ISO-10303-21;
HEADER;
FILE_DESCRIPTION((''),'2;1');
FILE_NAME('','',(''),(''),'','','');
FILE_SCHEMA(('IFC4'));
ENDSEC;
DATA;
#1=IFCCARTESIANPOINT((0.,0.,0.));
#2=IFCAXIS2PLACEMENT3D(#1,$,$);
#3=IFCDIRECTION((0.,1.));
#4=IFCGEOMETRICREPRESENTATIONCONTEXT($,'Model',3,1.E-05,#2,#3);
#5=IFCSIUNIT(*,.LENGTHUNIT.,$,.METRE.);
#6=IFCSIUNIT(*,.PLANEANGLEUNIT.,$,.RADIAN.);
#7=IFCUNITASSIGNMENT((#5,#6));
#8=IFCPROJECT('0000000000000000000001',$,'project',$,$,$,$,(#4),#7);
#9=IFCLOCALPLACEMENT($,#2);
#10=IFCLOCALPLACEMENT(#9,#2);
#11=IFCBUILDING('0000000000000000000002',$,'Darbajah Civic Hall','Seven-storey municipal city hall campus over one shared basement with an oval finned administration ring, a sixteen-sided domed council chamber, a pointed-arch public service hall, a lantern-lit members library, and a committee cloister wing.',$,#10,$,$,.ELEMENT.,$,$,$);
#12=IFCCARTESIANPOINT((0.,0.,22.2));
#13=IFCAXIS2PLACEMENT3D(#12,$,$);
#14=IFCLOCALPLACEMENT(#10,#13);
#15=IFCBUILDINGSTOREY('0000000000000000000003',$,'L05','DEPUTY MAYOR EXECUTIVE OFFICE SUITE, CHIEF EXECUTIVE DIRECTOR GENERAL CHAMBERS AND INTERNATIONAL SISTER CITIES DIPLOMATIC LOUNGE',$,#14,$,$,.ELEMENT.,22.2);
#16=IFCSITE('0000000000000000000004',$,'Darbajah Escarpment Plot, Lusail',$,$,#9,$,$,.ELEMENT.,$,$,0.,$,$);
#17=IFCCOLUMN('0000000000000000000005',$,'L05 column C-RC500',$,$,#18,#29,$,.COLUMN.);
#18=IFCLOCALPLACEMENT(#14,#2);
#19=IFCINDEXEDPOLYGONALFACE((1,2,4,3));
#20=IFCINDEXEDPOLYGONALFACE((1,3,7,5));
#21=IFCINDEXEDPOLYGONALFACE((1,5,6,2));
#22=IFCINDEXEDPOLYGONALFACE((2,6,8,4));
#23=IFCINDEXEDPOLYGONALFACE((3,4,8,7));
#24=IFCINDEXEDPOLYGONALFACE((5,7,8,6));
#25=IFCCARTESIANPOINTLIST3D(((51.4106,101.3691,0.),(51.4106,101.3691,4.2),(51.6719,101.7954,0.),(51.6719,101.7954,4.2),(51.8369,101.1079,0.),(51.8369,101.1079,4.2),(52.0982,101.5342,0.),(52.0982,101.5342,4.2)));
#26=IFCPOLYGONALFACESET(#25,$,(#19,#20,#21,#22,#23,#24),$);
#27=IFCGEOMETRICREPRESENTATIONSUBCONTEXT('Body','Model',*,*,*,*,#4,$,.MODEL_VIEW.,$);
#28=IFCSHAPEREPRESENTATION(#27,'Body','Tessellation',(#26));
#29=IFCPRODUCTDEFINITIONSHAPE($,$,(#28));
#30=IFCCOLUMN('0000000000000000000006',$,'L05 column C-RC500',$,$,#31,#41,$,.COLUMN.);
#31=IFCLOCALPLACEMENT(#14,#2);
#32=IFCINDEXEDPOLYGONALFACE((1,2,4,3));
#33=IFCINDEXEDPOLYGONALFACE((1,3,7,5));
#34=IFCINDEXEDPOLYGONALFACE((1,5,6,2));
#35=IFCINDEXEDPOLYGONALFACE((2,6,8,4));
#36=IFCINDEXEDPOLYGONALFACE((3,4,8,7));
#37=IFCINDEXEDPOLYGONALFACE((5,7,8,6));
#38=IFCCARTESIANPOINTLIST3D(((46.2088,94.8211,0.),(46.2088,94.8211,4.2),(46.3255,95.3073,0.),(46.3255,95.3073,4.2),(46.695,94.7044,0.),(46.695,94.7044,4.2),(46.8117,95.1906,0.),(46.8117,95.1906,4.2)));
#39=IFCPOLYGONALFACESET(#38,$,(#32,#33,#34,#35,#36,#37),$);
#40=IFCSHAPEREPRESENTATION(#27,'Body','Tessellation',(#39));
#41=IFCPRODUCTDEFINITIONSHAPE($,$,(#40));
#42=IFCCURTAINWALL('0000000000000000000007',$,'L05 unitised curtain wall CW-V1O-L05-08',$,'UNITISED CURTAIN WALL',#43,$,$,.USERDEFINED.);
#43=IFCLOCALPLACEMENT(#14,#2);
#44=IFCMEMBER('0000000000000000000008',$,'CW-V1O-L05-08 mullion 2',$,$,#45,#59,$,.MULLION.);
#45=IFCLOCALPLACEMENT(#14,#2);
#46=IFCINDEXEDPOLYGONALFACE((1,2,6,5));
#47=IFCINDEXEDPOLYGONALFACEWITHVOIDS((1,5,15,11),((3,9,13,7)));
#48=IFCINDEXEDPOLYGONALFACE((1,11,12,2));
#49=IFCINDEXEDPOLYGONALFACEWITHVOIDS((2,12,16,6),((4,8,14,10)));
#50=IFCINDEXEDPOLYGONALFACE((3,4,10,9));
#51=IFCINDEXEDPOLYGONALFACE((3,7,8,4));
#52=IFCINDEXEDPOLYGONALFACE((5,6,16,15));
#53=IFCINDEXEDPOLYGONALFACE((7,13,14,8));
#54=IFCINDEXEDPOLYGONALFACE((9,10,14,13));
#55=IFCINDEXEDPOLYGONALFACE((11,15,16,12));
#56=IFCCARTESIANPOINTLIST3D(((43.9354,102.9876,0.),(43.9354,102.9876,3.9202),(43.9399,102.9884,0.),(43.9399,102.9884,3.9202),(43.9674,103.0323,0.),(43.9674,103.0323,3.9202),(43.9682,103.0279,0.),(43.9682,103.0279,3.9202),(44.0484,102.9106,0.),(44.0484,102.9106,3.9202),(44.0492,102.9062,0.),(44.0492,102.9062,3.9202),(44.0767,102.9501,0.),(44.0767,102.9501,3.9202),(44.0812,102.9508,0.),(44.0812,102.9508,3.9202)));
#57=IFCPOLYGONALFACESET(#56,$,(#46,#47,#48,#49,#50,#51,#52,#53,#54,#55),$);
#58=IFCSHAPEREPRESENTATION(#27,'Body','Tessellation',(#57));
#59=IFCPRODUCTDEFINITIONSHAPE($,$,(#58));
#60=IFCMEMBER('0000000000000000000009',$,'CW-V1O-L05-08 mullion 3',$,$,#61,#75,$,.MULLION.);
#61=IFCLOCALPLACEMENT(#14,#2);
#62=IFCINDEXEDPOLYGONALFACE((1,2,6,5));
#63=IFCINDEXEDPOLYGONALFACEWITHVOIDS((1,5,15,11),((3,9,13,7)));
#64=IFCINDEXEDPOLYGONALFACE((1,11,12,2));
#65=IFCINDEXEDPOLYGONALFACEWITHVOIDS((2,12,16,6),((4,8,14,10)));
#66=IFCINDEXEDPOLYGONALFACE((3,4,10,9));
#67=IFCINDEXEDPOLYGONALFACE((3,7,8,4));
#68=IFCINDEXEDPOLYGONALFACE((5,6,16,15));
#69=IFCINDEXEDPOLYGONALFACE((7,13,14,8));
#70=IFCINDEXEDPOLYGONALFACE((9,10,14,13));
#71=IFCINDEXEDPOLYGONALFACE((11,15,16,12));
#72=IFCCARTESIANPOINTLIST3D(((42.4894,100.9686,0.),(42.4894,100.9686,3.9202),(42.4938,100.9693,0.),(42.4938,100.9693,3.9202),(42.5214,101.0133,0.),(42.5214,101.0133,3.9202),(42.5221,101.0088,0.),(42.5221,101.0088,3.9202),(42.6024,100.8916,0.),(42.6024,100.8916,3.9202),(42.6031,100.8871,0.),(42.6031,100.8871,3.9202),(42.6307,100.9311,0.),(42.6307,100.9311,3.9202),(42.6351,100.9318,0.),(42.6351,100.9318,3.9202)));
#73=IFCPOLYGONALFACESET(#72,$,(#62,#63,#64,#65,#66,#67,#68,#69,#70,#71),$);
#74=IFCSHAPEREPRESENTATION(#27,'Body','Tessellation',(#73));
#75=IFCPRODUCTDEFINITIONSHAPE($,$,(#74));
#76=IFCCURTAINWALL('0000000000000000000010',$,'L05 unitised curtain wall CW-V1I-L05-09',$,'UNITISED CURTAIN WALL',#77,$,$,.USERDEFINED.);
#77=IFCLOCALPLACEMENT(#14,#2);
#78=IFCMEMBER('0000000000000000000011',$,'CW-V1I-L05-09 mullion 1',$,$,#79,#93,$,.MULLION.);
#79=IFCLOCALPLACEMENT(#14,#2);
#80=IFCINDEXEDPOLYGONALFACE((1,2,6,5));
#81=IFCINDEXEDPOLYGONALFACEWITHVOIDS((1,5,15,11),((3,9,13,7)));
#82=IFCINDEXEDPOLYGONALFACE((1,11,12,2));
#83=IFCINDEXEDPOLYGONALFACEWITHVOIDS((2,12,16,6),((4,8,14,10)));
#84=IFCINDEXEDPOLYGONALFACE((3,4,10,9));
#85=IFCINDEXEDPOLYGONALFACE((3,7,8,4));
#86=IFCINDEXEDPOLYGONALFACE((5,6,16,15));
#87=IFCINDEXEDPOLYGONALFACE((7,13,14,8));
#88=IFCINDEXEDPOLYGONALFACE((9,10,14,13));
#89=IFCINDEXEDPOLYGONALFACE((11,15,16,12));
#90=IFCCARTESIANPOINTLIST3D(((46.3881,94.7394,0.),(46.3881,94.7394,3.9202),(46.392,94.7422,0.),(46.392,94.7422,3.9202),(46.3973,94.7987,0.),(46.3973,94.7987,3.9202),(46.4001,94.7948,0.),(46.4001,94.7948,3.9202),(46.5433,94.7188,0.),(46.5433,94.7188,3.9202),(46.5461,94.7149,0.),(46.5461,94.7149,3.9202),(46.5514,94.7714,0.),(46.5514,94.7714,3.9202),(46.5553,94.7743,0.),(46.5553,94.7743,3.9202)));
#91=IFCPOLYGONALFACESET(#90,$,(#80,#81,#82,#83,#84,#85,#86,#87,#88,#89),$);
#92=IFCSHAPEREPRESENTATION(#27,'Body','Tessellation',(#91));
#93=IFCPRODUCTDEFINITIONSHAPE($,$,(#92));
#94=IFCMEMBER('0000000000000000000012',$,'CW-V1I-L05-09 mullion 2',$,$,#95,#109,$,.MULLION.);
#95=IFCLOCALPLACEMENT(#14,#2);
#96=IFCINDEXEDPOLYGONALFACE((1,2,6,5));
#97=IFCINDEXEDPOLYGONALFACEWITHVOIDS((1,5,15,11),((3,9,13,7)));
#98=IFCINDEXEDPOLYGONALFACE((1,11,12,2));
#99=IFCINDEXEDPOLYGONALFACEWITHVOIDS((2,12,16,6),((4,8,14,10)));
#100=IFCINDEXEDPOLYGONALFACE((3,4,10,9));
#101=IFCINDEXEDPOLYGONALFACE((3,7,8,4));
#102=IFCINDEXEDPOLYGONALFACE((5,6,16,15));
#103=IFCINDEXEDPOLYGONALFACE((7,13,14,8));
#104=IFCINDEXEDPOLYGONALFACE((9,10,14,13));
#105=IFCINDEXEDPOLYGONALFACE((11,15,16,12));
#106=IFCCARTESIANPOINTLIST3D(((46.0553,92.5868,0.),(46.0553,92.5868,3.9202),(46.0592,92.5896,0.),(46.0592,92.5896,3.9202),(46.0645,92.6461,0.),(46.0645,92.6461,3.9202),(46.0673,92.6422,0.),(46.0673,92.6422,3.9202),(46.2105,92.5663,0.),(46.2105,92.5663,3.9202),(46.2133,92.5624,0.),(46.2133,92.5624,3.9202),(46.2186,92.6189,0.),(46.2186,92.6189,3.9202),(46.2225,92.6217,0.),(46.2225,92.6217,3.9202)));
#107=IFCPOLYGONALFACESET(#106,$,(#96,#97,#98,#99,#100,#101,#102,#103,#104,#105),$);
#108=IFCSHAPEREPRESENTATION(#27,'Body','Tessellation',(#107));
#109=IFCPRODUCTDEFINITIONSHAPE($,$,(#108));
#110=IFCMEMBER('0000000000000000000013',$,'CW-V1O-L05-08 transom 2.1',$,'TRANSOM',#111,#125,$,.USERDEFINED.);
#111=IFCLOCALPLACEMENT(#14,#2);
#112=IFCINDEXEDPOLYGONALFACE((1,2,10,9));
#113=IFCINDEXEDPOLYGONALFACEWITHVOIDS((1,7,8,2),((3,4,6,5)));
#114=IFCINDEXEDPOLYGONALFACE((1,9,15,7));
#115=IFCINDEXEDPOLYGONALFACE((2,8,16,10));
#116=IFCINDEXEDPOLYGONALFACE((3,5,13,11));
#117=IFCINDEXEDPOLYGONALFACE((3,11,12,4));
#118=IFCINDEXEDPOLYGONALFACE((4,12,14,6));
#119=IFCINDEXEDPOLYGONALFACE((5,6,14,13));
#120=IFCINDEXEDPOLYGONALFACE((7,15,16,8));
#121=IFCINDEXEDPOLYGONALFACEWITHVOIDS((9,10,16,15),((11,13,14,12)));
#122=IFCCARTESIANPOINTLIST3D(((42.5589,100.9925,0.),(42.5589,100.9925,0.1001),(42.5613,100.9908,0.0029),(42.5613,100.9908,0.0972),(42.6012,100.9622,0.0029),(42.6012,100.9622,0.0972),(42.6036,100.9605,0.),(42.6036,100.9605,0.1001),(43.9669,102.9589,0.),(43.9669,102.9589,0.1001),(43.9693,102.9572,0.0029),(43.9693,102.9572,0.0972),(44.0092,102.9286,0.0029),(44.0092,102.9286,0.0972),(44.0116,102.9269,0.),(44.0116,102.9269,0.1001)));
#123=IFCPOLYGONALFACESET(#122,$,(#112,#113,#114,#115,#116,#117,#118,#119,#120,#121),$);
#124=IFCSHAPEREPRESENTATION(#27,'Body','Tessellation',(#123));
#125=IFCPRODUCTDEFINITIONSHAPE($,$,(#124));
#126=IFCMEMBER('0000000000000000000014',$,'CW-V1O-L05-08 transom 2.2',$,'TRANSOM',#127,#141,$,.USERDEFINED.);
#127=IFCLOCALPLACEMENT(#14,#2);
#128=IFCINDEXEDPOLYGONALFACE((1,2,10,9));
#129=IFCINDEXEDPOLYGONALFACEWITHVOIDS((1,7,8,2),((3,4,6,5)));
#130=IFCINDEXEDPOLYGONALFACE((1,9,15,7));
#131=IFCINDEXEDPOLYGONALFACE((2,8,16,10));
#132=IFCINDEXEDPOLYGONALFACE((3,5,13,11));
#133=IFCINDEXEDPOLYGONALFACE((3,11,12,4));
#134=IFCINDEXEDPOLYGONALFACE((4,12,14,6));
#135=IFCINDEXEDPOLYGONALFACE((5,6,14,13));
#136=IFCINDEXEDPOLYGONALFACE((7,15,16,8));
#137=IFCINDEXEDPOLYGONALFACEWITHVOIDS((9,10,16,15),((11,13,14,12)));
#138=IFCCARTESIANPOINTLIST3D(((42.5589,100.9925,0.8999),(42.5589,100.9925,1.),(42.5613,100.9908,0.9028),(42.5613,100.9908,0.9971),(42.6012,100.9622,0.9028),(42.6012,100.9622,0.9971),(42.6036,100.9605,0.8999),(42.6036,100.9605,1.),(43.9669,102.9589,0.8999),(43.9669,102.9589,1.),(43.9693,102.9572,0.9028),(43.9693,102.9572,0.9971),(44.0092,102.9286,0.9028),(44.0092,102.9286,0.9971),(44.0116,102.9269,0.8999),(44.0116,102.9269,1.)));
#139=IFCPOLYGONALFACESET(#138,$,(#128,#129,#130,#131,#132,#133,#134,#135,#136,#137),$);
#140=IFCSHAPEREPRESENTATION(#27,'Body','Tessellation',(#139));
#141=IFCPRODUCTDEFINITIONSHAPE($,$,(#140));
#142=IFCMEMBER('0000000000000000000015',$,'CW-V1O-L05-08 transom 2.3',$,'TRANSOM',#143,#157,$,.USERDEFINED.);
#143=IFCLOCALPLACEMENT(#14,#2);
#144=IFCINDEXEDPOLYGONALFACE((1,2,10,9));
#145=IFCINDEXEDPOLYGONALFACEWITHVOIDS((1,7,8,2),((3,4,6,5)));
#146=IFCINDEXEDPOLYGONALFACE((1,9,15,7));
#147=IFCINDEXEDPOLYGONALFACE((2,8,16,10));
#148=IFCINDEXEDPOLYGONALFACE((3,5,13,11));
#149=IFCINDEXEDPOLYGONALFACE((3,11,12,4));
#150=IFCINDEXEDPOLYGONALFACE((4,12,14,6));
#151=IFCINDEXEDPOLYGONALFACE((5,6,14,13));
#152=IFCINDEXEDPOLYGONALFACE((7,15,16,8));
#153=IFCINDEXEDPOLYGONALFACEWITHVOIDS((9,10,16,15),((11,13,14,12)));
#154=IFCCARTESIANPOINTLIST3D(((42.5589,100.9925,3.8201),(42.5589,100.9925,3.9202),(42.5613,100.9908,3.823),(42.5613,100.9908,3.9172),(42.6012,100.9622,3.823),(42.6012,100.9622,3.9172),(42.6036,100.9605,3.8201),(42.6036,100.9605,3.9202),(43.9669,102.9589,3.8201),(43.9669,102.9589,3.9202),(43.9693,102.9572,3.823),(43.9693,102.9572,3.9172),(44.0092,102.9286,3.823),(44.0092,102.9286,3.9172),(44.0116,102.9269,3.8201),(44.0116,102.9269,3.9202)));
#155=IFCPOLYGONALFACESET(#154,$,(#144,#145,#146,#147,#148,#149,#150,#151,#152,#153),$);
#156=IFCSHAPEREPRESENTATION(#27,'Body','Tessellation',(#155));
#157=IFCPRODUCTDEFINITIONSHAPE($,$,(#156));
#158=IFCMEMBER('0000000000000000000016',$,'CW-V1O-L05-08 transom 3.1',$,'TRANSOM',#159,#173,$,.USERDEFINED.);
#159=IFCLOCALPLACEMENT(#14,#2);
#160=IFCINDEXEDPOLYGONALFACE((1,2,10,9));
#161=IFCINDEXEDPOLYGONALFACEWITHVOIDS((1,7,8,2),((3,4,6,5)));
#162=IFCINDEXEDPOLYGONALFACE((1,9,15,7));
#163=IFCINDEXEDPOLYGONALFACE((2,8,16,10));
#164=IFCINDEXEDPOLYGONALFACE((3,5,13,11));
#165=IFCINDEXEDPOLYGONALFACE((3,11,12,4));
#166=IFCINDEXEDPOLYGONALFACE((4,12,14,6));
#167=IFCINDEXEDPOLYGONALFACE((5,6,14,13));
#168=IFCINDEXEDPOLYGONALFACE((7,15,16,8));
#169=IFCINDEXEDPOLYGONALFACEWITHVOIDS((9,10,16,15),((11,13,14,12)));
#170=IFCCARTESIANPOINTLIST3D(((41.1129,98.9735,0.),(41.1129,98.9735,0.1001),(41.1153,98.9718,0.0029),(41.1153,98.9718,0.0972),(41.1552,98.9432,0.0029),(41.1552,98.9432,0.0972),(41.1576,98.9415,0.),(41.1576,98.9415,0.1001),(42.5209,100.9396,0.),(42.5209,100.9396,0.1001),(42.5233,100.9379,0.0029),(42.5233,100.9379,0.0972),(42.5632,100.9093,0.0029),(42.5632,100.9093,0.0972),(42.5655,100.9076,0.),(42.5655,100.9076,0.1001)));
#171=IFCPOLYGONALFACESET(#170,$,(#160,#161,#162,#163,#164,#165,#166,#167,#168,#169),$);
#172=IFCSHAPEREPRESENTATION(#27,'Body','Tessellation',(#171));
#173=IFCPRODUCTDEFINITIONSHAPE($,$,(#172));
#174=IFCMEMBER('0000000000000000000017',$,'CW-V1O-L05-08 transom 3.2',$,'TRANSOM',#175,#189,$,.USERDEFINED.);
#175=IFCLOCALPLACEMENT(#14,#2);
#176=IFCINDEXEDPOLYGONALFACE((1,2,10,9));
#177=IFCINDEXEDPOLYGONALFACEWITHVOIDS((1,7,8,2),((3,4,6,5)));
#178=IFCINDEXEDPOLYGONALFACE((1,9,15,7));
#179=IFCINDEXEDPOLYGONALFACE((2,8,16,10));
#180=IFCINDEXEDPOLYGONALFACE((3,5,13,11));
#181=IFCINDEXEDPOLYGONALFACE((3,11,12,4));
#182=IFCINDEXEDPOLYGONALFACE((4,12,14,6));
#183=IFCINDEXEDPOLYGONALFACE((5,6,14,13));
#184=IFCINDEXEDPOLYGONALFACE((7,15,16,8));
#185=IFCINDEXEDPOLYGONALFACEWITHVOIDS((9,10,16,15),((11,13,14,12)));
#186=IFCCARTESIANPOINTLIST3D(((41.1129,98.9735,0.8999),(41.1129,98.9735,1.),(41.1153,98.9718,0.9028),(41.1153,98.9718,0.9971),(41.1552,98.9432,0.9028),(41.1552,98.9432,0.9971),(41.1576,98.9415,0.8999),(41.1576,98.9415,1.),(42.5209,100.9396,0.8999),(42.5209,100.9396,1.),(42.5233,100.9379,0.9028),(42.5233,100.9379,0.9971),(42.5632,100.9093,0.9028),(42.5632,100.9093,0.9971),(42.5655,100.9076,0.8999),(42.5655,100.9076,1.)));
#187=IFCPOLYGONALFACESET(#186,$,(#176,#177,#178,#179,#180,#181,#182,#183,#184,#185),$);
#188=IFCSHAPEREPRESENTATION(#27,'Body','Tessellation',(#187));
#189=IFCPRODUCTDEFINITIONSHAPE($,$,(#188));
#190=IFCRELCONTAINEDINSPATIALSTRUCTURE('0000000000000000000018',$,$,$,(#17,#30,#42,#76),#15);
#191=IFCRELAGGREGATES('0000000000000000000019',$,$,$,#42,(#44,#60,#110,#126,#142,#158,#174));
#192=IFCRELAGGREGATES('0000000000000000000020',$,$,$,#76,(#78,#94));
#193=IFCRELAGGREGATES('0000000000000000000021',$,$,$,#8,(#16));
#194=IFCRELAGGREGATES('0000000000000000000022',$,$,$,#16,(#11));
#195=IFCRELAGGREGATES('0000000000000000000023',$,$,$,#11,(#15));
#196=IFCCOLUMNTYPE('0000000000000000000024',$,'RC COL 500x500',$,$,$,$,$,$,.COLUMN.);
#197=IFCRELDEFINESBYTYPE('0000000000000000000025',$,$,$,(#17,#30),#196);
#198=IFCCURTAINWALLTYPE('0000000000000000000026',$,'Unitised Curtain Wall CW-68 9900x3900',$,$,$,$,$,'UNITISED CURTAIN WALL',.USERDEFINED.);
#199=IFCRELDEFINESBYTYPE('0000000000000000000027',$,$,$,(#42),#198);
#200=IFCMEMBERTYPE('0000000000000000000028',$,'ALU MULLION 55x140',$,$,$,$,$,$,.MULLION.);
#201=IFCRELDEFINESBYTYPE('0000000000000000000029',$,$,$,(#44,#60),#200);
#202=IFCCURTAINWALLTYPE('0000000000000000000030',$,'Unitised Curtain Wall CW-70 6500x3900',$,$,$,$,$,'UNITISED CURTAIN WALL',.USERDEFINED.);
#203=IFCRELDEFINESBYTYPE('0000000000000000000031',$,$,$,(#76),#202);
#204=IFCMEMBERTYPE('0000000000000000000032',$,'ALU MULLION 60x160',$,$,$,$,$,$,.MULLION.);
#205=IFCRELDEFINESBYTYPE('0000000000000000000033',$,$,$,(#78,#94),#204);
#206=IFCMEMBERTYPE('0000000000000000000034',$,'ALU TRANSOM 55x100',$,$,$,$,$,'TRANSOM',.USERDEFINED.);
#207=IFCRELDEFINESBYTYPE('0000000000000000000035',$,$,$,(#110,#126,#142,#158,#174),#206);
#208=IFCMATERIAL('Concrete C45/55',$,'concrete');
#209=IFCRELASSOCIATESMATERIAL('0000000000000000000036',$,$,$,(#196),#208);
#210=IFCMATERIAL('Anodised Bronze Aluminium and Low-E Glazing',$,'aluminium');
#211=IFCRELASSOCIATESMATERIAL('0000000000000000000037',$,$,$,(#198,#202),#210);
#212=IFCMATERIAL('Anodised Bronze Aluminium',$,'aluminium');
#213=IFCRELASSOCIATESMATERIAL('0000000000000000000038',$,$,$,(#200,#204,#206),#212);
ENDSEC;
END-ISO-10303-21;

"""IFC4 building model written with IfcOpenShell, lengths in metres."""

from ifc_helpers import new_model, si_unit, direction, frame, origin, origin_2d, place, context, subcontext, project, spatial, rectangle, hollow_rectangle, extrude, material, material_profile, profile_set, type_object, element, aggregate, save


model = new_model("IFC4")

# Units and contexts
model_context = context("Model", 3, precision=1e-05, world=origin(), true_north=direction((0.0, 1.0)))
body_context = subcontext(model_context, "Body", "Model", "MODEL_VIEW")
ifc_project = project(units=[si_unit("LENGTHUNIT", "METRE"), si_unit("PLANEANGLEUNIT", "RADIAN")], contexts=[model_context])

# Site, building, storey
site_placement = place(None, origin())
site = spatial("IfcSite", under=ifc_project, at=site_placement, Name="Darbajah Escarpment Plot, Lusail", CompositionType="ELEMENT", RefElevation=0.0)
building_placement = place(site_placement, origin())
building = spatial("IfcBuilding", under=site, at=building_placement, Name="Darbajah Civic Hall", Description="Seven-storey municipal city hall campus over one shared basement with an oval finned administration ring, a sixteen-sided domed council chamber, a pointed-arch public service hall, a lantern-lit members library, and a committee cloister wing.", CompositionType="ELEMENT")
storey_placement = place(building_placement, frame((0.0, 0.0, 22.2)))
storey = spatial("IfcBuildingStorey", under=building, at=storey_placement, Name="L05", Description="DEPUTY MAYOR EXECUTIVE OFFICE SUITE, CHIEF EXECUTIVE DIRECTOR GENERAL CHAMBERS AND INTERNATIONAL SISTER CITIES DIPLOMATIC LOUNGE", CompositionType="ELEMENT", Elevation=22.2)

# Columns
ifc_material_1 = material(Name="Concrete C45/55", Category="concrete")
ifc_material_profile_1 = material_profile(ifc_material_1, rectangle(XDim=0.5, YDim=0.5, at=origin_2d()), Name="RC COL 500x500")
ifc_profile_set_1 = profile_set([ifc_material_profile_1], Name="Concrete C45/55")
column_type = type_object("IfcColumnType", Name="RC COL 500x500", PredefinedType="COLUMN", material=ifc_profile_set_1)
for number, where, z_axis, x_axis, name in (
    (1, (51.7544, 101.4517, 0.0), (0.0, 0.0, 1.0), (-0.85264, 0.522499, 0.0), "L05 column C-RC500"),
    (2, (46.5103, 95.0059, 0.0), (0.0, 0.0, 1.0), (-0.97237, 0.233445, 0.0), "L05 column C-RC500"),
):
    element("IfcColumn", number, at=place(storey_placement, frame(where, z_axis=z_axis, x_axis=x_axis)), inside=storey, type_object=column_type, Name=name, PredefinedType="COLUMN", context=body_context, shape_type="SweptSolid", body=[
        extrude(rectangle(XDim=0.5, YDim=0.5, at=origin_2d()), origin(), (0.0, 0.0, 1.0), 4.2),
    ])

# Curtain walls, members
ifc_material_2 = material(Name="Anodised Bronze Aluminium and Low-E Glazing", Category="aluminium")
curtain_wall_type_1 = type_object("IfcCurtainWallType", Name="Unitised Curtain Wall CW-68 9900x3900", ElementType="UNITISED CURTAIN WALL", PredefinedType="USERDEFINED", material=ifc_material_2)
curtain_wall_1_placement = place(storey_placement, origin())
curtain_wall_1 = element("IfcCurtainWall", 3, at=curtain_wall_1_placement, inside=storey, type_object=curtain_wall_type_1, Name="L05 unitised curtain wall CW-V1O-L05-08", ObjectType="UNITISED CURTAIN WALL", PredefinedType="USERDEFINED")
ifc_material_3 = material(Name="Anodised Bronze Aluminium", Category="aluminium")
ifc_material_profile_2 = material_profile(ifc_material_3, hollow_rectangle(XDim=0.0549, YDim=0.1399, WallThickness=0.0032, at=origin_2d()), Name="ALU MULLION 55x140")
ifc_profile_set_2 = profile_set([ifc_material_profile_2], Name="Anodised Bronze Aluminium")
member_type_1 = type_object("IfcMemberType", Name="ALU MULLION 55x140", PredefinedType="MULLION", material=ifc_profile_set_2)
member_1_placement = place(storey_placement, frame((44.0083, 102.9692, 0.0), z_axis=(0.0, 0.0, 1.0), x_axis=(-0.582265, -0.812999, 0.0)))
member_1 = element("IfcMember", 4, at=member_1_placement, type_object=member_type_1, Name="CW-V1O-L05-08 mullion 2", PredefinedType="MULLION", context=body_context, shape_type="SweptSolid", body=[
    extrude(hollow_rectangle(XDim=0.0549, YDim=0.1399, WallThickness=0.0032, at=origin_2d()), origin(), (0.0, 0.0, 1.0), 3.9202),
])
member_2_placement = place(storey_placement, frame((42.5623, 100.9502, 0.0), z_axis=(0.0, 0.0, 1.0), x_axis=(-0.582265, -0.812999, 0.0)))
member_2 = element("IfcMember", 5, at=member_2_placement, type_object=member_type_1, Name="CW-V1O-L05-08 mullion 3", PredefinedType="MULLION", context=body_context, shape_type="SweptSolid", body=[
    extrude(hollow_rectangle(XDim=0.0549, YDim=0.1399, WallThickness=0.0032, at=origin_2d()), origin(), (0.0, 0.0, 1.0), 3.9202),
])
curtain_wall_type_2 = type_object("IfcCurtainWallType", Name="Unitised Curtain Wall CW-70 6500x3900", ElementType="UNITISED CURTAIN WALL", PredefinedType="USERDEFINED", material=ifc_material_2)
curtain_wall_2_placement = place(storey_placement, origin())
curtain_wall_2 = element("IfcCurtainWall", 6, at=curtain_wall_2_placement, inside=storey, type_object=curtain_wall_type_2, Name="L05 unitised curtain wall CW-V1I-L05-09", ObjectType="UNITISED CURTAIN WALL", PredefinedType="USERDEFINED")
ifc_material_profile_3 = material_profile(ifc_material_3, hollow_rectangle(XDim=0.0601, YDim=0.1599, WallThickness=0.0034, at=origin_2d()), Name="ALU MULLION 60x160")
ifc_profile_set_3 = profile_set([ifc_material_profile_3], Name="Anodised Bronze Aluminium")
member_type_2 = type_object("IfcMemberType", Name="ALU MULLION 60x160", PredefinedType="MULLION", material=ifc_profile_set_3)
member_3_placement = place(storey_placement, frame((46.4717, 94.7568, 0.0), z_axis=(0.0, 0.0, 1.0), x_axis=(-0.152813, -0.988255, 0.0)))
member_3 = element("IfcMember", 7, at=member_3_placement, type_object=member_type_2, Name="CW-V1I-L05-09 mullion 1", PredefinedType="MULLION", context=body_context, shape_type="SweptSolid", body=[
    extrude(hollow_rectangle(XDim=0.0601, YDim=0.1599, WallThickness=0.0034, at=origin_2d()), origin(), (0.0, 0.0, 1.0), 3.9202),
])
member_4_placement = place(storey_placement, frame((46.1389, 92.6042, 0.0), z_axis=(0.0, 0.0, 1.0), x_axis=(-0.152813, -0.988255, 0.0)))
member_4 = element("IfcMember", 8, at=member_4_placement, type_object=member_type_2, Name="CW-V1I-L05-09 mullion 2", PredefinedType="MULLION", context=body_context, shape_type="SweptSolid", body=[
    extrude(hollow_rectangle(XDim=0.0601, YDim=0.1599, WallThickness=0.0034, at=origin_2d()), origin(), (0.0, 0.0, 1.0), 3.9202),
])

# Members
ifc_material_profile_4 = material_profile(ifc_material_3, hollow_rectangle(XDim=0.0549, YDim=0.1001, WallThickness=0.0029, at=origin_2d()), Name="ALU TRANSOM 55x100")
ifc_profile_set_4 = profile_set([ifc_material_profile_4], Name="Anodised Bronze Aluminium")
member_type_3 = type_object("IfcMemberType", Name="ALU TRANSOM 55x100", ElementType="TRANSOM", PredefinedType="USERDEFINED", material=ifc_profile_set_4)
member_5_placement = place(storey_placement, frame((43.9893, 102.9429, 0.05), z_axis=(-0.582183, -0.813058, 0.0), x_axis=(0.813058, -0.582183, 0.0)))
member_5 = element("IfcMember", 9, at=member_5_placement, type_object=member_type_3, Name="CW-V1O-L05-08 transom 2.1", ObjectType="TRANSOM", PredefinedType="USERDEFINED", context=body_context, shape_type="SweptSolid", body=[
    extrude(hollow_rectangle(XDim=0.0549, YDim=0.1001, WallThickness=0.0029, at=origin_2d()), origin(), (0.0, 0.0, 1.0), 2.4185),
])
member_6_placement = place(storey_placement, frame((43.9893, 102.9429, 0.95), z_axis=(-0.582183, -0.813058, 0.0), x_axis=(0.813058, -0.582183, 0.0)))
member_6 = element("IfcMember", 10, at=member_6_placement, type_object=member_type_3, Name="CW-V1O-L05-08 transom 2.2", ObjectType="TRANSOM", PredefinedType="USERDEFINED", context=body_context, shape_type="SweptSolid", body=[
    extrude(hollow_rectangle(XDim=0.0549, YDim=0.1001, WallThickness=0.0029, at=origin_2d()), origin(), (0.0, 0.0, 1.0), 2.4185),
])
member_7_placement = place(storey_placement, frame((43.9893, 102.9429, 3.8701), z_axis=(-0.582183, -0.813058, 0.0), x_axis=(0.813058, -0.582183, 0.0)))
member_7 = element("IfcMember", 11, at=member_7_placement, type_object=member_type_3, Name="CW-V1O-L05-08 transom 2.3", ObjectType="TRANSOM", PredefinedType="USERDEFINED", context=body_context, shape_type="SweptSolid", body=[
    extrude(hollow_rectangle(XDim=0.0549, YDim=0.1001, WallThickness=0.0029, at=origin_2d()), origin(), (0.0, 0.0, 1.0), 2.4185),
])
member_8_placement = place(storey_placement, frame((42.5432, 100.9236, 0.05), z_axis=(-0.582231, -0.813023, 0.0), x_axis=(0.813023, -0.582231, 0.0)))
member_8 = element("IfcMember", 12, at=member_8_placement, type_object=member_type_3, Name="CW-V1O-L05-08 transom 3.1", ObjectType="TRANSOM", PredefinedType="USERDEFINED", context=body_context, shape_type="SweptSolid", body=[
    extrude(hollow_rectangle(XDim=0.0549, YDim=0.1001, WallThickness=0.0029, at=origin_2d()), origin(), (0.0, 0.0, 1.0), 2.4182),
])
member_9_placement = place(storey_placement, frame((42.5432, 100.9236, 0.95), z_axis=(-0.582231, -0.813023, 0.0), x_axis=(0.813023, -0.582231, 0.0)))
member_9 = element("IfcMember", 13, at=member_9_placement, type_object=member_type_3, Name="CW-V1O-L05-08 transom 3.2", ObjectType="TRANSOM", PredefinedType="USERDEFINED", context=body_context, shape_type="SweptSolid", body=[
    extrude(hollow_rectangle(XDim=0.0549, YDim=0.1001, WallThickness=0.0029, at=origin_2d()), origin(), (0.0, 0.0, 1.0), 2.4182),
])

aggregate(curtain_wall_1, [member_1, member_2, member_5, member_6, member_7, member_8, member_9])
aggregate(curtain_wall_2, [member_3, member_4])

save(model, "model.ifc")
